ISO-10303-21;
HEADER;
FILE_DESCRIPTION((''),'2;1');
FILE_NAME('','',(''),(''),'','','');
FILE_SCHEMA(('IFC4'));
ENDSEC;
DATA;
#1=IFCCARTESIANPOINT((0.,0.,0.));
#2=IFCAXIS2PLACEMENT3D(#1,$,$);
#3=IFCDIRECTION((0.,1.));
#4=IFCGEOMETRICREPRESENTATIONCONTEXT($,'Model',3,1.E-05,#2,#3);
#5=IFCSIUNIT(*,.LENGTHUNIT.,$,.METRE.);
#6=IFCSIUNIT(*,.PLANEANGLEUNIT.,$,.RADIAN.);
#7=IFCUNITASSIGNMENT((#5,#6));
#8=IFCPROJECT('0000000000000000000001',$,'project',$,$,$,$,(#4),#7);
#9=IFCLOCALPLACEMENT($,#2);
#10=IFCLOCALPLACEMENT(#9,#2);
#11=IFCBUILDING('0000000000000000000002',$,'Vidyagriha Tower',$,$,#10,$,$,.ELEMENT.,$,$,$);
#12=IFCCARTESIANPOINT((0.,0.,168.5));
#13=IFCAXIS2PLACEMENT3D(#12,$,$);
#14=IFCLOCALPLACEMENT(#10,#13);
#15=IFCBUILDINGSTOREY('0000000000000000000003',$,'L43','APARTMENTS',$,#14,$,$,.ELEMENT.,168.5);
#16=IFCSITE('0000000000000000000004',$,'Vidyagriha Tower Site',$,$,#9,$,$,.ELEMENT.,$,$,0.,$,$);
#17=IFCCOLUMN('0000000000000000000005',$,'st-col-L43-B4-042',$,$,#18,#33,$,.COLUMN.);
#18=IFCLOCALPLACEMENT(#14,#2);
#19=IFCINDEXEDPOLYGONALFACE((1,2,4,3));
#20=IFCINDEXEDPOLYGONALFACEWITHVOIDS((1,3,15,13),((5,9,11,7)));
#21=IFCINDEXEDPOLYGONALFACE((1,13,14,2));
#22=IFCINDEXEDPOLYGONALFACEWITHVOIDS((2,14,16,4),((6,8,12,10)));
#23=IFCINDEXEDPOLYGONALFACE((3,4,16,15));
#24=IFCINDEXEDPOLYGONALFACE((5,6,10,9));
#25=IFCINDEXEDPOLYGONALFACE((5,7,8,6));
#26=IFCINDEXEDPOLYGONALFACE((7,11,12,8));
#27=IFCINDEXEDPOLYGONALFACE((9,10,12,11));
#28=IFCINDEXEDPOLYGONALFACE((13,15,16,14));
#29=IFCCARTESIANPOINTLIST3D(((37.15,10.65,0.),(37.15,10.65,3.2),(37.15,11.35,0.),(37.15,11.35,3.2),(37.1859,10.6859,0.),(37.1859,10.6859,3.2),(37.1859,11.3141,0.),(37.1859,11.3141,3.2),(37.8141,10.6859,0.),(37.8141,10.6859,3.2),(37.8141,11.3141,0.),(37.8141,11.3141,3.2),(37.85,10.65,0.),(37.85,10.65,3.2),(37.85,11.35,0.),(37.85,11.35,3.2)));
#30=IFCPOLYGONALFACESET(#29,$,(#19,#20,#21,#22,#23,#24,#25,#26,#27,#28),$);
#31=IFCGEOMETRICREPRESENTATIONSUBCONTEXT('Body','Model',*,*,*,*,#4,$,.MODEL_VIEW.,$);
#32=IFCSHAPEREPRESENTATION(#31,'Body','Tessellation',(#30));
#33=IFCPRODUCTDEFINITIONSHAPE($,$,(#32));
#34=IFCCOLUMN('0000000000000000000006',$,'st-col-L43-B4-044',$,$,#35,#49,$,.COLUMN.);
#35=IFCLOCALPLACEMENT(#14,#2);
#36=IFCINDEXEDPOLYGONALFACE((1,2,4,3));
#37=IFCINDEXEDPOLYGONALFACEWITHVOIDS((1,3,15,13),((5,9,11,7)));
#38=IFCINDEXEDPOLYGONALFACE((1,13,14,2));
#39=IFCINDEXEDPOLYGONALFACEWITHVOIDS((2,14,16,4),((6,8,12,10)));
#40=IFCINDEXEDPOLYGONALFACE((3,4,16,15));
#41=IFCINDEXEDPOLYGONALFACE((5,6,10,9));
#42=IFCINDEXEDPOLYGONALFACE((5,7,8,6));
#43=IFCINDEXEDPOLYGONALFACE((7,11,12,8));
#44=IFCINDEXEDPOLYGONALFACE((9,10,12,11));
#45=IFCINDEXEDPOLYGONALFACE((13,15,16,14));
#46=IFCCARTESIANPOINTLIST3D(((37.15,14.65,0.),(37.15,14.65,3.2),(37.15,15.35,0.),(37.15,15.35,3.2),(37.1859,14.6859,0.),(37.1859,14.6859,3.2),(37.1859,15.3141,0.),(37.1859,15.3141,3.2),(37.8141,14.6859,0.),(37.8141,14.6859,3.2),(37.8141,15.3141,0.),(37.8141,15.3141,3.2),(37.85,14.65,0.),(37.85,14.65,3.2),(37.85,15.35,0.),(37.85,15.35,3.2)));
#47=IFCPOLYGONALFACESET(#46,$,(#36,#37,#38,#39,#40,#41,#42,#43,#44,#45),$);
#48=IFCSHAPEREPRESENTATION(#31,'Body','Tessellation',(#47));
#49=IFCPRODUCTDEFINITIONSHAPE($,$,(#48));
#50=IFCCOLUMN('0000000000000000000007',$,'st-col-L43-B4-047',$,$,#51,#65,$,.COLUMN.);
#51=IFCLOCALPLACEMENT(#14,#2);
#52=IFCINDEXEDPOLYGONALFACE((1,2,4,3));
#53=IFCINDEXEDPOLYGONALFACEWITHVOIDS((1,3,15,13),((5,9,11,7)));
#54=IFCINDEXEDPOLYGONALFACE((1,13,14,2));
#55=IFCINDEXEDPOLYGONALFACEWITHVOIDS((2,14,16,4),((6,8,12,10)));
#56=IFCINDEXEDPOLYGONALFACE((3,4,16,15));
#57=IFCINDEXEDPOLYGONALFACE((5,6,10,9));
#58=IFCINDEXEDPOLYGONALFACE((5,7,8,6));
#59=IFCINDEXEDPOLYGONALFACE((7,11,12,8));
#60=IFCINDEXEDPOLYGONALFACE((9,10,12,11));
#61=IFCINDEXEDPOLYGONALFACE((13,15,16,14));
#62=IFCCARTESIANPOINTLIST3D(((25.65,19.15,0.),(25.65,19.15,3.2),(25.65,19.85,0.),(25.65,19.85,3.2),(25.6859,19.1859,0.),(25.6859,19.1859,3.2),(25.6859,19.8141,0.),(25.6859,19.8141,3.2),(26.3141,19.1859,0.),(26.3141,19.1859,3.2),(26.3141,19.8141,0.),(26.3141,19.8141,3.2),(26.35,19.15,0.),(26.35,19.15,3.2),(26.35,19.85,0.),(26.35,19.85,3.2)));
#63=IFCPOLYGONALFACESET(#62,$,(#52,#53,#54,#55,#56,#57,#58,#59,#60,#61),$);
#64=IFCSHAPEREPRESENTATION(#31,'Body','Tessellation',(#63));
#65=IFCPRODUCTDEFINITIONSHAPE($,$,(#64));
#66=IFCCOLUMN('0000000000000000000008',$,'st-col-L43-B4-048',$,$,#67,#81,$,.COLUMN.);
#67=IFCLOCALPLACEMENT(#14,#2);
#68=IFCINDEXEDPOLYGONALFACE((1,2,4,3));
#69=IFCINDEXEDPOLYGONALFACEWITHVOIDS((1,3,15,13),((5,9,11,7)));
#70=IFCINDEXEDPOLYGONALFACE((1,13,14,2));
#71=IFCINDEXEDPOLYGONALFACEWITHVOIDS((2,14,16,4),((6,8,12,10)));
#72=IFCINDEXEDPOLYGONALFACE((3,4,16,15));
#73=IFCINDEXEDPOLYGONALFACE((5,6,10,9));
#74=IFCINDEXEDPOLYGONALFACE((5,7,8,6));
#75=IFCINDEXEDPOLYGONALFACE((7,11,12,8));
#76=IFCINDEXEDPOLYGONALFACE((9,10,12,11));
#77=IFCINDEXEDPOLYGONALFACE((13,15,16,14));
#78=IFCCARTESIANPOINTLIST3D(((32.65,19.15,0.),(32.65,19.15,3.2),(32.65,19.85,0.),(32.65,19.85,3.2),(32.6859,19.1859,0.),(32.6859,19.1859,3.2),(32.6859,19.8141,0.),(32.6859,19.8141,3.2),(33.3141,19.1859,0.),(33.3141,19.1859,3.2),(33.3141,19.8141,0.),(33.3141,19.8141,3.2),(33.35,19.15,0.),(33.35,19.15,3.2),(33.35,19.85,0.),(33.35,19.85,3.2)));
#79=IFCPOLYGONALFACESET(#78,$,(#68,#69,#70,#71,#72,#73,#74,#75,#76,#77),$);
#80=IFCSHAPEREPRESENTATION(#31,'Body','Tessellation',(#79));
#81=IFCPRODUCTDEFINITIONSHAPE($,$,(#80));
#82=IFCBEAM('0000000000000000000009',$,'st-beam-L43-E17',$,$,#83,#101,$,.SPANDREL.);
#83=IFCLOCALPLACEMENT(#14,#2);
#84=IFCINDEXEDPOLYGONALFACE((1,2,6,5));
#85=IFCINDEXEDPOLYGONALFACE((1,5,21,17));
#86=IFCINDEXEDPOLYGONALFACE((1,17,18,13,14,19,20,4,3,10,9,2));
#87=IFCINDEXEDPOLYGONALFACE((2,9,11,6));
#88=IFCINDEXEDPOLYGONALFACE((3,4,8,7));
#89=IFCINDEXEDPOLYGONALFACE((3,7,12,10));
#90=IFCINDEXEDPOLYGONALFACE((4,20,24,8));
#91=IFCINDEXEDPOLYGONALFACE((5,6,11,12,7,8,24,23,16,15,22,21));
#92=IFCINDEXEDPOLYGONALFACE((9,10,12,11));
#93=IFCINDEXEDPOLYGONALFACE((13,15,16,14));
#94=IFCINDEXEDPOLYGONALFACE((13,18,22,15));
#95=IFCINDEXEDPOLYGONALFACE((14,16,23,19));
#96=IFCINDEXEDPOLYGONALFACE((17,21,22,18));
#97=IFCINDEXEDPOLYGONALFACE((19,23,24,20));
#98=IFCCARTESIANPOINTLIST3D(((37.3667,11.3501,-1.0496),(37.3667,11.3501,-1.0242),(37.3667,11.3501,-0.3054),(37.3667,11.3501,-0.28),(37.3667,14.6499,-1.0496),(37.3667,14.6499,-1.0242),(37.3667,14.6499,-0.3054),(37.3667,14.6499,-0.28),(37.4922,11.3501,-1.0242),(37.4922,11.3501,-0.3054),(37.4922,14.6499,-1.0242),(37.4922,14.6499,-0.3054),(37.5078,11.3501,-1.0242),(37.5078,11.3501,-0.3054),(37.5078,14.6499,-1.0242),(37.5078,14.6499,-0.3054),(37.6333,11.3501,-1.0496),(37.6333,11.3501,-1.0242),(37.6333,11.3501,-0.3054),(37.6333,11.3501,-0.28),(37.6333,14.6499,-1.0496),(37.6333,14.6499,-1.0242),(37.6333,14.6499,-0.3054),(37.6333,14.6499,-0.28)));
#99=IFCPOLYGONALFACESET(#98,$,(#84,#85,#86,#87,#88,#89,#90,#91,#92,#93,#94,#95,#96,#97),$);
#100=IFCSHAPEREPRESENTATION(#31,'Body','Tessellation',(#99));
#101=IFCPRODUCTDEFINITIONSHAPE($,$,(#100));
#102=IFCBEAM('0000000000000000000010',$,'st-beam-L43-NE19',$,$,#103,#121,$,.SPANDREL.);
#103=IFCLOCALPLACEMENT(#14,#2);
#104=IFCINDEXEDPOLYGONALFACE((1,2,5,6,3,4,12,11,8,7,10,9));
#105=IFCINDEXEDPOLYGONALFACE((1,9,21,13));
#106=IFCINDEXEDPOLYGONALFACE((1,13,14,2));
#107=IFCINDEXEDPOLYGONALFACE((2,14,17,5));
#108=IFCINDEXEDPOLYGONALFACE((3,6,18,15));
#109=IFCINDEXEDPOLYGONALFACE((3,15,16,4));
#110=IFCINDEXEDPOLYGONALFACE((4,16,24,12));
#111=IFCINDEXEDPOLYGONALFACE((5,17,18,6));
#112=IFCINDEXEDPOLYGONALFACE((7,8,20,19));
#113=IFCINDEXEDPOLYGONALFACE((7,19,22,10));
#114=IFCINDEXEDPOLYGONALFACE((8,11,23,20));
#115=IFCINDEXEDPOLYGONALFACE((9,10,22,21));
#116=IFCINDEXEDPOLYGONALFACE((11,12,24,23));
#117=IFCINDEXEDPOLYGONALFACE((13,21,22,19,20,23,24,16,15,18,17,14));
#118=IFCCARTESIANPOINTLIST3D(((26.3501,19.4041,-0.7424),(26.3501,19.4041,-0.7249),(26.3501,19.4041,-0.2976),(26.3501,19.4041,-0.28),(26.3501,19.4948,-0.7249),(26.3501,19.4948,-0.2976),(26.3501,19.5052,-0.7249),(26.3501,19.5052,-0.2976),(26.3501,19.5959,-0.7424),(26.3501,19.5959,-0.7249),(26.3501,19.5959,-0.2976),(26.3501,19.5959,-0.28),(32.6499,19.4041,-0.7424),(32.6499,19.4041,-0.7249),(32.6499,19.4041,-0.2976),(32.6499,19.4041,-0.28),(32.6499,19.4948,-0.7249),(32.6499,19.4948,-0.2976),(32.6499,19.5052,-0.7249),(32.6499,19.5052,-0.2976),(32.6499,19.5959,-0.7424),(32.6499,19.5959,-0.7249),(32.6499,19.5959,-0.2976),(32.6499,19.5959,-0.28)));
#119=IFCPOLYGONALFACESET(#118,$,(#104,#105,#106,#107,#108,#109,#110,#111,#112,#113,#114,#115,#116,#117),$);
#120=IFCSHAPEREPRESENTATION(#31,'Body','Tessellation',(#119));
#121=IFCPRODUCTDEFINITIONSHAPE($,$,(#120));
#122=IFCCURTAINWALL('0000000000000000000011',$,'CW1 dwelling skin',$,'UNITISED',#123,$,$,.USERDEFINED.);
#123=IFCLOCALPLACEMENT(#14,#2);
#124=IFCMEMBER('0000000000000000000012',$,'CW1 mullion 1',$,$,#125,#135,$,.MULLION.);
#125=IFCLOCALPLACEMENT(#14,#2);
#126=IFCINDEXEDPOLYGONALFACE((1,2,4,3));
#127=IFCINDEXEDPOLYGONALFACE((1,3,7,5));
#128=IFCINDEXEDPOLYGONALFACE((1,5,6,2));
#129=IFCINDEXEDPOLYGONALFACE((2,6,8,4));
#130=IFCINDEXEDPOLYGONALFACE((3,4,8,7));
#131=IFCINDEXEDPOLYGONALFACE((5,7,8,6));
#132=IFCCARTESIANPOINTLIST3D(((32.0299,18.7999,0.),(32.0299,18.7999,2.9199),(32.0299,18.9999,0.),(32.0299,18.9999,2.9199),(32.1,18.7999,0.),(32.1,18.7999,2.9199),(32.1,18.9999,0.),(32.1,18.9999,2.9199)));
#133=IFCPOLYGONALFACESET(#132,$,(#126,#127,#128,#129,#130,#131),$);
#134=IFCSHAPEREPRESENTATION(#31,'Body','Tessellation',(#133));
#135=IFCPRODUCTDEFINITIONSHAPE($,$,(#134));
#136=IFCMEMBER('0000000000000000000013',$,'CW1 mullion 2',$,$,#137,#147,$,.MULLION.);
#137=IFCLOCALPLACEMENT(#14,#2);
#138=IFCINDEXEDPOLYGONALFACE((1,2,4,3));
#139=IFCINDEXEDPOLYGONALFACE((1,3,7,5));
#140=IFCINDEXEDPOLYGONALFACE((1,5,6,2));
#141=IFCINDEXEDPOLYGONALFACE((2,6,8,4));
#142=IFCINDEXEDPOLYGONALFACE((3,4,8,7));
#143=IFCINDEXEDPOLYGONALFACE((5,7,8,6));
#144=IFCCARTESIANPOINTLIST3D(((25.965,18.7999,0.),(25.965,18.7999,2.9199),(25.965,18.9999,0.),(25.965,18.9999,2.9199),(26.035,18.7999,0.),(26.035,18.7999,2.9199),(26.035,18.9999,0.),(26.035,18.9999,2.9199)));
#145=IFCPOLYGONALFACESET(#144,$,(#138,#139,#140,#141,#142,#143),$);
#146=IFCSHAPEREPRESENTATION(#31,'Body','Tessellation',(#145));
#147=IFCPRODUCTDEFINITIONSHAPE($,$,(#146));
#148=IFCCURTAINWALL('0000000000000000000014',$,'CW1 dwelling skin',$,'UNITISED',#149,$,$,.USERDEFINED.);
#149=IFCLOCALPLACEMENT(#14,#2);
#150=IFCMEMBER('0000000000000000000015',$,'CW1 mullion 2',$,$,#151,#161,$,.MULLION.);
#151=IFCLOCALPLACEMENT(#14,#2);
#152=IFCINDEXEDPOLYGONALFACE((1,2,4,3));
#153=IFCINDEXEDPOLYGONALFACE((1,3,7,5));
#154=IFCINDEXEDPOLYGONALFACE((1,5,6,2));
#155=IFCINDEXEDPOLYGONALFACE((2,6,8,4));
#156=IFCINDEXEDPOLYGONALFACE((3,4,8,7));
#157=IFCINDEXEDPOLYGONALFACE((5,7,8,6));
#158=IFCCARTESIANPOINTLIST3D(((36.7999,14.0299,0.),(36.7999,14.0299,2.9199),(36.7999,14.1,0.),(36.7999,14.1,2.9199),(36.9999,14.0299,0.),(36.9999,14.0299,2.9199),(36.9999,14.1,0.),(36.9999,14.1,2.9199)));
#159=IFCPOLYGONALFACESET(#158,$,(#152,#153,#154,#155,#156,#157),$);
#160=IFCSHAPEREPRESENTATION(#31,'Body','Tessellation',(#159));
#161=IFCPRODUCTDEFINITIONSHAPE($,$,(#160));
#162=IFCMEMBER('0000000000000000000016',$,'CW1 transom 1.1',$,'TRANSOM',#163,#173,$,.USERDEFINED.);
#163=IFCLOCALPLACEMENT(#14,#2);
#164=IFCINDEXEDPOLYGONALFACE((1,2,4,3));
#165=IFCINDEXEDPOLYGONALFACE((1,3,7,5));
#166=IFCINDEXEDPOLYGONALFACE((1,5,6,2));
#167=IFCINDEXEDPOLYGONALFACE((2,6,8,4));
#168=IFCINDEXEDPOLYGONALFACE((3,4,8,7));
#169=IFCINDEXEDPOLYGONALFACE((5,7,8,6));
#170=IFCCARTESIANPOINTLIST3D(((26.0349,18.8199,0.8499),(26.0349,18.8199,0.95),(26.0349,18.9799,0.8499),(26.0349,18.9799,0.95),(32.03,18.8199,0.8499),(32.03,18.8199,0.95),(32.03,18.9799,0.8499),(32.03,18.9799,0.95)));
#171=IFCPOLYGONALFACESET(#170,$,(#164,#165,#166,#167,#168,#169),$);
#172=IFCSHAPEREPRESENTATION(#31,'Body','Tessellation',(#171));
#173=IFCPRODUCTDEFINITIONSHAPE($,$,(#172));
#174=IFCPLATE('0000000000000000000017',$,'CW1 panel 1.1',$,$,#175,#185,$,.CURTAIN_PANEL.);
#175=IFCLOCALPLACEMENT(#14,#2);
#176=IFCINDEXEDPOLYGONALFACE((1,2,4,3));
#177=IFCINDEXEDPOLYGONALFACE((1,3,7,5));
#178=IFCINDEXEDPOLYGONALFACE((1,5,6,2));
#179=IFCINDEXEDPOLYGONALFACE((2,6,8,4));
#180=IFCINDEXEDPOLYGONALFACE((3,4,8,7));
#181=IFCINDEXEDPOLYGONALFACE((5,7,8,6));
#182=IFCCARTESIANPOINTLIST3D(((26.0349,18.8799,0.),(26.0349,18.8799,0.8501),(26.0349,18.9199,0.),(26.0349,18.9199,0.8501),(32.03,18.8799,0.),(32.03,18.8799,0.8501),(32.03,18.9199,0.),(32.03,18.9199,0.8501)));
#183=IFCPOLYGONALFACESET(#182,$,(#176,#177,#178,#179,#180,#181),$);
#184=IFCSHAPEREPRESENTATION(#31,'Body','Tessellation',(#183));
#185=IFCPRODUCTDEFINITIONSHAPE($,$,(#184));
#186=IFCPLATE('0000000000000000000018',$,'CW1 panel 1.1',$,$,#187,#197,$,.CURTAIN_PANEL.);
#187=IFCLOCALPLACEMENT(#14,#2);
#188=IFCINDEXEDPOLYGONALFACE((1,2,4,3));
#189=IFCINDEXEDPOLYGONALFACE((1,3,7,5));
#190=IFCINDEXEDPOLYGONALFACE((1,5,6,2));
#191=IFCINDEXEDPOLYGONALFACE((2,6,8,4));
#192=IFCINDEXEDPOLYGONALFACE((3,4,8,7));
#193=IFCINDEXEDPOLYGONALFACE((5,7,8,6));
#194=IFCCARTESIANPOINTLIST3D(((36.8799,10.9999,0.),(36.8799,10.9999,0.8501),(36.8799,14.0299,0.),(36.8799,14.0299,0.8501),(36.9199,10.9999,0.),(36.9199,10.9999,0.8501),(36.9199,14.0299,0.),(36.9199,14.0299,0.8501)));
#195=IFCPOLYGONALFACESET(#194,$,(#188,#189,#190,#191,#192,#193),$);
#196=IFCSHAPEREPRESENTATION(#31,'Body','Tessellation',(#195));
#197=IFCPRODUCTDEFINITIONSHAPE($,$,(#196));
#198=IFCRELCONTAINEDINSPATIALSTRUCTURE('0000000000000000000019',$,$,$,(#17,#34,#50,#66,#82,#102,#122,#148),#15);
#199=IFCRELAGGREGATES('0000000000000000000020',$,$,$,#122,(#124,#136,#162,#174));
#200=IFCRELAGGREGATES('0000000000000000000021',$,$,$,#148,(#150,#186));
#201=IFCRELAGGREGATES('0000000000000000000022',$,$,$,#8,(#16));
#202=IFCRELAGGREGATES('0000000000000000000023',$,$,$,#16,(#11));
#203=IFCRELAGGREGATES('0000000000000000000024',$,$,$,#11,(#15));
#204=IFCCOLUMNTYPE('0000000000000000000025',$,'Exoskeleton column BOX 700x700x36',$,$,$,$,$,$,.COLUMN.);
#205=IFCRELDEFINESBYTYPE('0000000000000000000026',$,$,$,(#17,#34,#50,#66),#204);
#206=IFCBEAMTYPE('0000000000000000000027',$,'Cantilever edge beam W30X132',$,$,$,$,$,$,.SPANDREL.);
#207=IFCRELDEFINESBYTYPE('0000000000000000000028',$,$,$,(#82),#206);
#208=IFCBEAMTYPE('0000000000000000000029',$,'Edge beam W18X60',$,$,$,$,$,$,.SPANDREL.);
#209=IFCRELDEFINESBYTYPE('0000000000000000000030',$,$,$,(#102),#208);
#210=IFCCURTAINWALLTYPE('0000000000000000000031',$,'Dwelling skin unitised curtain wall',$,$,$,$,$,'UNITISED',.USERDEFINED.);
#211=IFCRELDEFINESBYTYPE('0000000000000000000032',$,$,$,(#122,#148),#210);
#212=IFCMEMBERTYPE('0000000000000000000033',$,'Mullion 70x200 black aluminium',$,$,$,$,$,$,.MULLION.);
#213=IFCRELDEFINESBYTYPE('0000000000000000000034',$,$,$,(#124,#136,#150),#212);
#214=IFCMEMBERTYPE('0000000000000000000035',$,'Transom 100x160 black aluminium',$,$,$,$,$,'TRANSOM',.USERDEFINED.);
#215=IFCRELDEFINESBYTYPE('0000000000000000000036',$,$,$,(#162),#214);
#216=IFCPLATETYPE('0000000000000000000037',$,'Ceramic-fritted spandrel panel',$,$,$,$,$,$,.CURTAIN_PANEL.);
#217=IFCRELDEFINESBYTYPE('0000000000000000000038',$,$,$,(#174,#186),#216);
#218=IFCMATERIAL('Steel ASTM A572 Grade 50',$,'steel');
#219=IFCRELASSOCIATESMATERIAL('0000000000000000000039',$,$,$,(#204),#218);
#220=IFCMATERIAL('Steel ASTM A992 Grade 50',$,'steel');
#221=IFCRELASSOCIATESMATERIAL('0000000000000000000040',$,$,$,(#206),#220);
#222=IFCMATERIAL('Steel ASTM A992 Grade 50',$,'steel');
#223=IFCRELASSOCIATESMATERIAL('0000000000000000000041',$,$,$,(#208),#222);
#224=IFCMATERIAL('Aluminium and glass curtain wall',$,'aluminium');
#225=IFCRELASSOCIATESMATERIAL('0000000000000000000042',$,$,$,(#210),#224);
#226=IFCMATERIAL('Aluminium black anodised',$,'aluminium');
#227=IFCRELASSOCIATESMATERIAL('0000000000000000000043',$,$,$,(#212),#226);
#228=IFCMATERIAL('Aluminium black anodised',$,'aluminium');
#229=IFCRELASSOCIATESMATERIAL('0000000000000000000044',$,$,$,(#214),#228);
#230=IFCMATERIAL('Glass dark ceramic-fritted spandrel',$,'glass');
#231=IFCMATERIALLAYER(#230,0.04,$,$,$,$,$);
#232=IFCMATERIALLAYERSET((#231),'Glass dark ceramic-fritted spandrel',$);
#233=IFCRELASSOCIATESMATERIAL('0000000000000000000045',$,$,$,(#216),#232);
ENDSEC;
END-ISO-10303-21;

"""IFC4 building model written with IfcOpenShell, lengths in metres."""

from ifc_helpers import new_model, si_unit, direction, frame, origin, origin_2d, place, context, subcontext, project, spatial, rectangle, hollow_rectangle, i_section, extrude, material, layer, layer_set, material_profile, profile_set, type_object, element, aggregate, save


model = new_model("IFC4")

# Units and contexts
model_context = context("Model", 3, precision=1e-05, world=origin(), true_north=direction((0.0, 1.0)))
body_context = subcontext(model_context, "Body", "Model", "MODEL_VIEW")
ifc_project = project(units=[si_unit("LENGTHUNIT", "METRE"), si_unit("PLANEANGLEUNIT", "RADIAN")], contexts=[model_context])

# Site, building, storey
site_placement = place(None, origin())
site = spatial("IfcSite", under=ifc_project, at=site_placement, Name="Vidyagriha Tower Site", CompositionType="ELEMENT", RefElevation=0.0)
building_placement = place(site_placement, origin())
building = spatial("IfcBuilding", under=site, at=building_placement, Name="Vidyagriha Tower", CompositionType="ELEMENT")
storey_placement = place(building_placement, frame((0.0, 0.0, 168.5)))
storey = spatial("IfcBuildingStorey", under=building, at=storey_placement, Name="L43", Description="APARTMENTS", CompositionType="ELEMENT", Elevation=168.5)

# Columns
ifc_material_1 = material(Name="Steel ASTM A572 Grade 50", Category="steel")
ifc_material_profile_1 = material_profile(ifc_material_1, hollow_rectangle(XDim=0.7, YDim=0.7, WallThickness=0.0359, at=origin_2d()), Name="BOX 700x700x36")
ifc_profile_set_1 = profile_set([ifc_material_profile_1], Name="Steel ASTM A572 Grade 50")
column_type = type_object("IfcColumnType", Name="Exoskeleton column BOX 700x700x36", PredefinedType="COLUMN", material=ifc_profile_set_1)
for number, where, name in (
    (1, (37.5, 11.0, 0.0), "st-col-L43-B4-042"),
    (2, (37.5, 15.0, 0.0), "st-col-L43-B4-044"),
    (3, (26.0, 19.5, 0.0), "st-col-L43-B4-047"),
    (4, (33.0, 19.5, 0.0), "st-col-L43-B4-048"),
):
    element("IfcColumn", number, at=place(storey_placement, frame(where)), inside=storey, type_object=column_type, Name=name, PredefinedType="COLUMN", context=body_context, shape_type="SweptSolid", body=[
        extrude(hollow_rectangle(XDim=0.7, YDim=0.7, WallThickness=0.0359, at=origin_2d()), origin(), (0.0, 0.0, 1.0), 3.2),
    ])

# Beams
ifc_material_2 = material(Name="Steel ASTM A992 Grade 50", Category="steel")
ifc_material_profile_2 = material_profile(ifc_material_2, i_section(OverallWidth=0.2666, OverallDepth=0.7695, WebThickness=0.0156, FlangeThickness=0.0254, at=origin_2d()), Name="W30X132")
ifc_profile_set_2 = profile_set([ifc_material_profile_2], Name="Steel ASTM A992 Grade 50")
beam_type_1 = type_object("IfcBeamType", Name="Cantilever edge beam W30X132", PredefinedType="SPANDREL", material=ifc_profile_set_2)
beam_1_placement = place(storey_placement, frame((37.5, 11.3501, -0.6648), z_axis=(0.0, 1.0, 0.0), x_axis=(-1.0, 0.0, 0.0)))
element("IfcBeam", 5, at=beam_1_placement, inside=storey, type_object=beam_type_1, Name="st-beam-L43-E17", PredefinedType="SPANDREL", context=body_context, shape_type="SweptSolid", body=[
    extrude(i_section(OverallWidth=0.2666, OverallDepth=0.7695, WebThickness=0.0156, FlangeThickness=0.0254, at=origin_2d()), origin(), (0.0, 0.0, 1.0), 3.2998),
])
ifc_material_3 = material(Name="Steel ASTM A992 Grade 50", Category="steel")
ifc_material_profile_3 = material_profile(ifc_material_3, i_section(OverallWidth=0.1919, OverallDepth=0.4624, WebThickness=0.0105, FlangeThickness=0.0176, at=origin_2d()), Name="W18X60")
ifc_profile_set_3 = profile_set([ifc_material_profile_3], Name="Steel ASTM A992 Grade 50")
beam_type_2 = type_object("IfcBeamType", Name="Edge beam W18X60", PredefinedType="SPANDREL", material=ifc_profile_set_3)
beam_2_placement = place(storey_placement, frame((26.3501, 19.5, -0.5112), z_axis=(1.0, 0.0, 0.0), x_axis=(0.0, 1.0, 0.0)))
element("IfcBeam", 6, at=beam_2_placement, inside=storey, type_object=beam_type_2, Name="st-beam-L43-NE19", PredefinedType="SPANDREL", context=body_context, shape_type="SweptSolid", body=[
    extrude(i_section(OverallWidth=0.1919, OverallDepth=0.4624, WebThickness=0.0105, FlangeThickness=0.0176, at=origin_2d()), origin(), (0.0, 0.0, 1.0), 6.2998),
])

# Curtain wall, members
ifc_material_4 = material(Name="Aluminium and glass curtain wall", Category="aluminium")
curtain_wall_type = type_object("IfcCurtainWallType", Name="Dwelling skin unitised curtain wall", ElementType="UNITISED", PredefinedType="USERDEFINED", material=ifc_material_4)
curtain_wall_1_placement = place(storey_placement, origin())
curtain_wall_1 = element("IfcCurtainWall", 7, at=curtain_wall_1_placement, inside=storey, type_object=curtain_wall_type, Name="CW1 dwelling skin", ObjectType="UNITISED", PredefinedType="USERDEFINED")
ifc_material_5 = material(Name="Aluminium black anodised", Category="aluminium")
ifc_material_profile_4 = material_profile(ifc_material_5, rectangle(XDim=0.2, YDim=0.0701, at=origin_2d()), Name="Mullion 70x200 black aluminium")
ifc_profile_set_4 = profile_set([ifc_material_profile_4], Name="Aluminium black anodised")
member_type_1 = type_object("IfcMemberType", Name="Mullion 70x200 black aluminium", PredefinedType="MULLION", material=ifc_profile_set_4)
member_1_placement = place(storey_placement, frame((32.0649, 18.8999, 0.0), z_axis=(0.0, 0.0, 1.0), x_axis=(0.0, -1.0, 0.0)))
member_1 = element("IfcMember", 8, at=member_1_placement, type_object=member_type_1, Name="CW1 mullion 1", PredefinedType="MULLION", context=body_context, shape_type="SweptSolid", body=[
    extrude(rectangle(XDim=0.2, YDim=0.0701, at=origin_2d()), origin(), (0.0, 0.0, 1.0), 2.9199),
])
member_2_placement = place(storey_placement, frame((26.0, 18.8999, 0.0), z_axis=(0.0, 0.0, 1.0), x_axis=(0.0, -1.0, 0.0)))
member_2 = element("IfcMember", 9, at=member_2_placement, type_object=member_type_1, Name="CW1 mullion 2", PredefinedType="MULLION", context=body_context, shape_type="SweptSolid", body=[
    extrude(rectangle(XDim=0.2, YDim=0.0701, at=origin_2d()), origin(), (0.0, 0.0, 1.0), 2.9199),
])

# Curtain wall, member
curtain_wall_2_placement = place(storey_placement, origin())
curtain_wall_2 = element("IfcCurtainWall", 10, at=curtain_wall_2_placement, inside=storey, type_object=curtain_wall_type, Name="CW1 dwelling skin", ObjectType="UNITISED", PredefinedType="USERDEFINED")
member_3_placement = place(storey_placement, frame((36.8999, 14.0649, 0.0), z_axis=(0.0, 0.0, 1.0), x_axis=(-1.0, 0.0, 0.0)))
member_3 = element("IfcMember", 11, at=member_3_placement, type_object=member_type_1, Name="CW1 mullion 2", PredefinedType="MULLION", context=body_context, shape_type="SweptSolid", body=[
    extrude(rectangle(XDim=0.2, YDim=0.0701, at=origin_2d()), origin(), (0.0, 0.0, 1.0), 2.9199),
])

# Member
ifc_material_6 = material(Name="Aluminium black anodised", Category="aluminium")
ifc_material_profile_5 = material_profile(ifc_material_6, rectangle(XDim=0.1599, YDim=0.1001, at=origin_2d()), Name="Transom 100x160 black aluminium")
ifc_profile_set_5 = profile_set([ifc_material_profile_5], Name="Aluminium black anodised")
member_type_2 = type_object("IfcMemberType", Name="Transom 100x160 black aluminium", ElementType="TRANSOM", PredefinedType="USERDEFINED", material=ifc_profile_set_5)
member_4_placement = place(storey_placement, frame((32.03, 18.8999, 0.8999), z_axis=(-1.0, 0.0, 0.0), x_axis=(0.0, -1.0, 0.0)))
member_4 = element("IfcMember", 12, at=member_4_placement, type_object=member_type_2, Name="CW1 transom 1.1", ObjectType="TRANSOM", PredefinedType="USERDEFINED", context=body_context, shape_type="SweptSolid", body=[
    extrude(rectangle(XDim=0.1599, YDim=0.1001, at=origin_2d()), origin(), (0.0, 0.0, 1.0), 5.9951),
])

# Plates
ifc_material_7 = material(Name="Glass dark ceramic-fritted spandrel", Category="glass")
ifc_layer_1 = layer(ifc_material_7, 0.04)
ifc_layer_set_1 = layer_set([ifc_layer_1], Name="Glass dark ceramic-fritted spandrel")
plate_type_1 = type_object("IfcPlateType", Name="Ceramic-fritted spandrel panel", PredefinedType="CURTAIN_PANEL", material=ifc_layer_set_1)
plate_1_placement = place(storey_placement, frame((29.0325, 18.8999, 0.0), z_axis=(0.0, 0.0, 1.0), x_axis=(-1.0, 0.0, 0.0)))
plate_1 = element("IfcPlate", 13, at=plate_1_placement, type_object=plate_type_1, Name="CW1 panel 1.1", PredefinedType="CURTAIN_PANEL", context=body_context, shape_type="SweptSolid", body=[
    extrude(rectangle(XDim=5.9951, YDim=0.04, at=origin_2d()), origin(), (0.0, 0.0, 1.0), 0.8501),
])
plate_2_placement = place(storey_placement, frame((36.8999, 12.5149, 0.0), z_axis=(0.0, 0.0, 1.0), x_axis=(0.0, 1.0, 0.0)))
plate_2 = element("IfcPlate", 14, at=plate_2_placement, type_object=plate_type_1, Name="CW1 panel 1.1", PredefinedType="CURTAIN_PANEL", context=body_context, shape_type="SweptSolid", body=[
    extrude(rectangle(XDim=3.03, YDim=0.04, at=origin_2d()), origin(), (0.0, 0.0, 1.0), 0.8501),
])
aggregate(curtain_wall_1, [member_1, member_2, member_4, plate_1])
aggregate(curtain_wall_2, [member_3, plate_2])

save(model, "model.ifc")
